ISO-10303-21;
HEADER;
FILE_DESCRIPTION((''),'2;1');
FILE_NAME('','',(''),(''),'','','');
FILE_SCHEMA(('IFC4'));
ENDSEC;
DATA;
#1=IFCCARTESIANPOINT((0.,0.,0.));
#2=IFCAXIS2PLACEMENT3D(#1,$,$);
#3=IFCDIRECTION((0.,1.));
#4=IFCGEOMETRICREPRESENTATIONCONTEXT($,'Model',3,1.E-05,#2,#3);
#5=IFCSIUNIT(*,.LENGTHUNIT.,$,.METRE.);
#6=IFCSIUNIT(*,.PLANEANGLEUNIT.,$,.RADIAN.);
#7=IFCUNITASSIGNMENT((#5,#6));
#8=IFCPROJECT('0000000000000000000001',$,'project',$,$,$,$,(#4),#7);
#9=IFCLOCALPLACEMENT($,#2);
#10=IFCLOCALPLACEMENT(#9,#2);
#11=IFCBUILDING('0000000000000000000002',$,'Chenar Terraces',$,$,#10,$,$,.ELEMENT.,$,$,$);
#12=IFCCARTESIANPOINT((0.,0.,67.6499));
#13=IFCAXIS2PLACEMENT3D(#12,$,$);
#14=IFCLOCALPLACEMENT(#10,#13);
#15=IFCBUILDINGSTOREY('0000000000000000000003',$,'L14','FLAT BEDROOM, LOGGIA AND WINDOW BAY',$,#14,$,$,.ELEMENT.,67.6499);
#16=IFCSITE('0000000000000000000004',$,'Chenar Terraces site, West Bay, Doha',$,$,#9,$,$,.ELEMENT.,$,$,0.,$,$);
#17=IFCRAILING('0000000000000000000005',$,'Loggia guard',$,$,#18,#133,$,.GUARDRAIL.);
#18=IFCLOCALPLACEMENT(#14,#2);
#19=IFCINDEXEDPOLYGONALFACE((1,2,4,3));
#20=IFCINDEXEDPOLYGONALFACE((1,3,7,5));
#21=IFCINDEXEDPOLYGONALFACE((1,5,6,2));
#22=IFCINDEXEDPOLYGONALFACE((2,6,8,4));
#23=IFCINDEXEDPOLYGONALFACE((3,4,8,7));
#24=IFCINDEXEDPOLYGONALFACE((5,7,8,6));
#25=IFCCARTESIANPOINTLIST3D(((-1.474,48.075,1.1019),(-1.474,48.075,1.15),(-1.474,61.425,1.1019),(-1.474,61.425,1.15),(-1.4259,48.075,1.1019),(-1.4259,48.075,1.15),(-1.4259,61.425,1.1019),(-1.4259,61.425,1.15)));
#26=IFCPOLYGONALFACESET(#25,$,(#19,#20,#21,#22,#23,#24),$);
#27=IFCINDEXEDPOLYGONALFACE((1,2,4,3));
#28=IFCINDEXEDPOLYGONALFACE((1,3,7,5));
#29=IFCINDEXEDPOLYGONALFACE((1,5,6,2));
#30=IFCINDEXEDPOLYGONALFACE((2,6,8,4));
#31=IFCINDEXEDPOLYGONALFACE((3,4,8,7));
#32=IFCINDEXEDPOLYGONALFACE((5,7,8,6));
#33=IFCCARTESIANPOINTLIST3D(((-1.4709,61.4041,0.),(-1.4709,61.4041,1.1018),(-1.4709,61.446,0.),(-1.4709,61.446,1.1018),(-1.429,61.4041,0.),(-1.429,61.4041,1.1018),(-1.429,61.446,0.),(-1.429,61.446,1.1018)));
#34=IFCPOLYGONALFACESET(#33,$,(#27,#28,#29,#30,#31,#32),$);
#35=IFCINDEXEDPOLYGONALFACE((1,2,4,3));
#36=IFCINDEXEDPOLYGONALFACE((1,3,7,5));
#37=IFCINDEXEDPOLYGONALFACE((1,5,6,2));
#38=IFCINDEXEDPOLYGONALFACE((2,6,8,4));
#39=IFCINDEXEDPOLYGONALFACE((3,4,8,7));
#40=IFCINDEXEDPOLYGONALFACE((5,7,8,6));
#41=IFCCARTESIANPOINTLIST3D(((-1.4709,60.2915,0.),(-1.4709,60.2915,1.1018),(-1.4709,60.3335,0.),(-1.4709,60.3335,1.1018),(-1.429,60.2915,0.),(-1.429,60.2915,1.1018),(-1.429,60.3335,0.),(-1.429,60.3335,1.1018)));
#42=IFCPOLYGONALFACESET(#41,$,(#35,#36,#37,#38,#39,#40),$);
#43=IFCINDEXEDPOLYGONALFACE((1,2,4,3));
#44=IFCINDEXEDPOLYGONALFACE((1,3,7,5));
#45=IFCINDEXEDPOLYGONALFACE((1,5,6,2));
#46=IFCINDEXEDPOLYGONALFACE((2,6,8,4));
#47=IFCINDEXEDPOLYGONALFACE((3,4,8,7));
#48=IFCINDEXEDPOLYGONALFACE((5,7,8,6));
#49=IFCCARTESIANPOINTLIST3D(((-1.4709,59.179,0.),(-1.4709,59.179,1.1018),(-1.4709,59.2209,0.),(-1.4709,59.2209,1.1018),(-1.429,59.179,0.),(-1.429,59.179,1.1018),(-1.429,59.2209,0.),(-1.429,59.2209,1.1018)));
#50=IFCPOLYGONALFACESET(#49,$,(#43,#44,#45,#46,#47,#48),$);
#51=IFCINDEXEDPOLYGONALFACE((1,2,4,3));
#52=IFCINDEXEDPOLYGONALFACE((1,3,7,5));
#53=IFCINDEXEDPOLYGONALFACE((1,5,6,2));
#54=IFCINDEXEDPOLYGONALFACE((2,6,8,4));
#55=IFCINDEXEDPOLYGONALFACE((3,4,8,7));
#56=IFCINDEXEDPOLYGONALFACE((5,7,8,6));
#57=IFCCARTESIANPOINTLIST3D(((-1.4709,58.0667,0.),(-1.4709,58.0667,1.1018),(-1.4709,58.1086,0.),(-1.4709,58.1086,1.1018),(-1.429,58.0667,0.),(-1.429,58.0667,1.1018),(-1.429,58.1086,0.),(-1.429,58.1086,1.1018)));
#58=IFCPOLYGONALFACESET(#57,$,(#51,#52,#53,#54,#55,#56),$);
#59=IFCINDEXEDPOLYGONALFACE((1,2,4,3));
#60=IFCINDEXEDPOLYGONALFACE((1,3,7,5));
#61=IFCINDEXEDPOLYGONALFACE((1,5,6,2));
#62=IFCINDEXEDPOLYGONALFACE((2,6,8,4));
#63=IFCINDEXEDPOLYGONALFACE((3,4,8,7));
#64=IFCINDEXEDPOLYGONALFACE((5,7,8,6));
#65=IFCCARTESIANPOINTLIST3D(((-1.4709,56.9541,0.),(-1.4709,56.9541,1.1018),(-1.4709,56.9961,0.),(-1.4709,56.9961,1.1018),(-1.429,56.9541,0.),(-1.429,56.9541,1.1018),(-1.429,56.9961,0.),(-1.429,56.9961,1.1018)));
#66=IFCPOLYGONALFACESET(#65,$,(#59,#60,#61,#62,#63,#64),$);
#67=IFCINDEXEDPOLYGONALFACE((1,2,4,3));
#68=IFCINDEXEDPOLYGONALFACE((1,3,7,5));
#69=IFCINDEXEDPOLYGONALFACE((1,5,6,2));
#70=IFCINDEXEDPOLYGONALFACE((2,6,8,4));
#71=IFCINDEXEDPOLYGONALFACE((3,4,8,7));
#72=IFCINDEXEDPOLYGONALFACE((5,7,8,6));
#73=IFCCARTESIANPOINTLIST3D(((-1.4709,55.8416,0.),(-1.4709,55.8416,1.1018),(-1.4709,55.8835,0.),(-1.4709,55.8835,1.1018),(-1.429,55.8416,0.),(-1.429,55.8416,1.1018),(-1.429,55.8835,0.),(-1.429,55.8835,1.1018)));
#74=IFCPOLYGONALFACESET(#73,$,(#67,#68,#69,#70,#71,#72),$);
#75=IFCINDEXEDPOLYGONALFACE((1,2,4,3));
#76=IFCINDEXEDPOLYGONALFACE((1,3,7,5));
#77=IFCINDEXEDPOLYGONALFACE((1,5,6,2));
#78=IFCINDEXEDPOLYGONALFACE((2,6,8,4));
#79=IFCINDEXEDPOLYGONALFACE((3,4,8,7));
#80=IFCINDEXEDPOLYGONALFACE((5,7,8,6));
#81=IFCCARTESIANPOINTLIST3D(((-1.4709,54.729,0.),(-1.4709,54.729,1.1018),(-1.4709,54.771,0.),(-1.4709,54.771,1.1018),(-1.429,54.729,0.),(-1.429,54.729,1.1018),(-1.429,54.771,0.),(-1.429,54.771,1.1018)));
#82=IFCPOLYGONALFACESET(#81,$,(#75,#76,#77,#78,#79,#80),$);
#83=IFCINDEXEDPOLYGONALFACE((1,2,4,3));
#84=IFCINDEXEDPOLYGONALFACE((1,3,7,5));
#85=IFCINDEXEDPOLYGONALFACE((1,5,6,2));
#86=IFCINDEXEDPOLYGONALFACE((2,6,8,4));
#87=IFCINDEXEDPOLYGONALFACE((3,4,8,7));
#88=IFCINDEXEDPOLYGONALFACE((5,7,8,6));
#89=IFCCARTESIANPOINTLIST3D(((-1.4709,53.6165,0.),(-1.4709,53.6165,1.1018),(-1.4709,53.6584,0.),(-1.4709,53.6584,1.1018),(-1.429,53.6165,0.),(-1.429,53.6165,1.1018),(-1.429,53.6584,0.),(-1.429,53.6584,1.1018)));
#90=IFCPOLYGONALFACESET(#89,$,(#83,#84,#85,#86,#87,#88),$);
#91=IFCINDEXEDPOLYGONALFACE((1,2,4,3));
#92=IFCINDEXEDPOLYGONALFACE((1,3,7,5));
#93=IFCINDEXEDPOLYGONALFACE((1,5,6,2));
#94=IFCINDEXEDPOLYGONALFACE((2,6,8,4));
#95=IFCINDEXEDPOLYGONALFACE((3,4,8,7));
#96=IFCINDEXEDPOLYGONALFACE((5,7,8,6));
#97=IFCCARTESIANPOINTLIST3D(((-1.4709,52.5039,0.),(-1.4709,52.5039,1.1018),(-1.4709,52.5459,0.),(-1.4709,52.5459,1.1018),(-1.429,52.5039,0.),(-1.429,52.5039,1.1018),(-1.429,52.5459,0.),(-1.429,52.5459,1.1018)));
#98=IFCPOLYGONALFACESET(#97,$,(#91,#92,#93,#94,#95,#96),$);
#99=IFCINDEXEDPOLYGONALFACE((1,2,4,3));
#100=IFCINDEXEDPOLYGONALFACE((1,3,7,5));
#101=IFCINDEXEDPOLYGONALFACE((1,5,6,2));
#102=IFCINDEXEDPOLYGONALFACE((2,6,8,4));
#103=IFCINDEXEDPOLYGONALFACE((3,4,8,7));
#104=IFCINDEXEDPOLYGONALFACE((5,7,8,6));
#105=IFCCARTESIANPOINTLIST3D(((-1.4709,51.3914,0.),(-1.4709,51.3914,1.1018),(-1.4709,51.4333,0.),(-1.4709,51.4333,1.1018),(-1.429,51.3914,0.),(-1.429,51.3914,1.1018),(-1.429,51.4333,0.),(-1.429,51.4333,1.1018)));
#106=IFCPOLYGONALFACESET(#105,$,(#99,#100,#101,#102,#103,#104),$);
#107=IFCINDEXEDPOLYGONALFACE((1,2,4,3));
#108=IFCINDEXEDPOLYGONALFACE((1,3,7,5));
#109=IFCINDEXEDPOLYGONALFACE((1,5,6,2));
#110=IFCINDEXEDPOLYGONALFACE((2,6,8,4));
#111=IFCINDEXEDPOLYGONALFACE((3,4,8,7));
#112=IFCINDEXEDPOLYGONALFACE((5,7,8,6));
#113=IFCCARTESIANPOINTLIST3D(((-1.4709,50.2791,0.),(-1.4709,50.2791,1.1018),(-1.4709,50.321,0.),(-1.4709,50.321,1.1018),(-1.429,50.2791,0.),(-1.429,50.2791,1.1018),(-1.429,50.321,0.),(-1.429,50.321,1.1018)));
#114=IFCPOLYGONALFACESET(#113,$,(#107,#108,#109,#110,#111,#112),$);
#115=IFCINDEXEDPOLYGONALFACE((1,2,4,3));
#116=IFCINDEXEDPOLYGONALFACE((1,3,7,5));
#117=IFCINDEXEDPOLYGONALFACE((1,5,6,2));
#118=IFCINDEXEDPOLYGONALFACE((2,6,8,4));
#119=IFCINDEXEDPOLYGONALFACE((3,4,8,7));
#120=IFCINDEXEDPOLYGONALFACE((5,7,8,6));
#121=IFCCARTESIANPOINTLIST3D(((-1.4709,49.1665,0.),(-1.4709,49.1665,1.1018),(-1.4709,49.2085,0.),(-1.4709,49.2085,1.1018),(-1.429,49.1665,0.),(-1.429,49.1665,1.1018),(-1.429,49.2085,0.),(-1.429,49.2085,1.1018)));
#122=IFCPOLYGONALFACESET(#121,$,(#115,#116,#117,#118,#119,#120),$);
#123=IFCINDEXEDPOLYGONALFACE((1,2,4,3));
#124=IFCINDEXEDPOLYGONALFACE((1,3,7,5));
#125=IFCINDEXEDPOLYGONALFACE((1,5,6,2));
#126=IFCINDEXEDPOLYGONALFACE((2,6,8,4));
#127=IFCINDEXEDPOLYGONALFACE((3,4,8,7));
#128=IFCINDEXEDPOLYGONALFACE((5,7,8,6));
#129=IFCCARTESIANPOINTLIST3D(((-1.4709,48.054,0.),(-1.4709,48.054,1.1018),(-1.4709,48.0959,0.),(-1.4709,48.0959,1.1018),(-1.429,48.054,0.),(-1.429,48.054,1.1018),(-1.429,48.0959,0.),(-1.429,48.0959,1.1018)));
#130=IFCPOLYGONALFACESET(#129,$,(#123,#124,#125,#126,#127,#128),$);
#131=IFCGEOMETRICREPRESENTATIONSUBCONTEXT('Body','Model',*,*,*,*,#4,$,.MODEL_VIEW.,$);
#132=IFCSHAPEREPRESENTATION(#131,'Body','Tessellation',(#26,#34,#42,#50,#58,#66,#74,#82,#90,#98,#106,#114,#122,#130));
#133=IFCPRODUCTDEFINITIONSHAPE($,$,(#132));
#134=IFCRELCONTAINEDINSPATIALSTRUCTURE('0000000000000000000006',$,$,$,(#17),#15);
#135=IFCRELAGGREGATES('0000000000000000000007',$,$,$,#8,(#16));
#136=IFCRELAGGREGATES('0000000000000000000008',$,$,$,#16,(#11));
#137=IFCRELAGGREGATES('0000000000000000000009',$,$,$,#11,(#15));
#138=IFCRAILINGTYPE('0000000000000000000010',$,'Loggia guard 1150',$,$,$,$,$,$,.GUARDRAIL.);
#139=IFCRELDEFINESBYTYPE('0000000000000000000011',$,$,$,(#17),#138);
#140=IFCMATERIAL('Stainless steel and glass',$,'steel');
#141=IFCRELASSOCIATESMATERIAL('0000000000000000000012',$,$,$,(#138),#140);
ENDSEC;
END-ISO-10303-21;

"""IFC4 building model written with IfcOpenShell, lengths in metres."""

from ifc_helpers import new_model, si_unit, direction, frame, origin, origin_2d, place, context, subcontext, project, spatial, rectangle, extrude, material, type_object, element, save


model = new_model("IFC4")

# Units and contexts
model_context = context("Model", 3, precision=1e-05, world=origin(), true_north=direction((0.0, 1.0)))
body_context = subcontext(model_context, "Body", "Model", "MODEL_VIEW")
ifc_project = project(units=[si_unit("LENGTHUNIT", "METRE"), si_unit("PLANEANGLEUNIT", "RADIAN")], contexts=[model_context])

# Site, building, storey
site_placement = place(None, origin())
site = spatial("IfcSite", under=ifc_project, at=site_placement, Name="Chenar Terraces site, West Bay, Doha", CompositionType="ELEMENT", RefElevation=0.0)
building_placement = place(site_placement, origin())
building = spatial("IfcBuilding", under=site, at=building_placement, Name="Chenar Terraces", CompositionType="ELEMENT")
storey_placement = place(building_placement, frame((0.0, 0.0, 67.6499)))
storey = spatial("IfcBuildingStorey", under=building, at=storey_placement, Name="L14", Description="FLAT BEDROOM, LOGGIA AND WINDOW BAY", CompositionType="ELEMENT", Elevation=67.6499)

# Railing
ifc_material_1 = material(Name="Stainless steel and glass", Category="steel")
railing_type = type_object("IfcRailingType", Name="Loggia guard 1150", PredefinedType="GUARDRAIL", material=ifc_material_1)
railing_1_placement = place(storey_placement, frame((-1.45, 61.425, 0.0)))
element("IfcRailing", 1, at=railing_1_placement, inside=storey, type_object=railing_type, Name="Loggia guard", PredefinedType="GUARDRAIL", context=body_context, shape_type="SweptSolid", body=[
    extrude(rectangle(XDim=0.0481, YDim=0.0481, at=origin_2d()), frame((0.0, 0.0, 1.126), z_axis=(0.0, -1.0, 0.0), x_axis=(1.0, 0.0, 0.0)), (0.0, 0.0, 1.0), 13.3501),
    extrude(rectangle(XDim=0.042, YDim=0.042, at=origin_2d()), origin(), (0.0, 0.0, 1.0), 1.1018),
    extrude(rectangle(XDim=0.042, YDim=0.042, at=origin_2d()), frame((0.0, -1.1125, 0.0)), (0.0, 0.0, 1.0), 1.1018),
    extrude(rectangle(XDim=0.042, YDim=0.042, at=origin_2d()), frame((0.0, -2.2251, 0.0)), (0.0, 0.0, 1.0), 1.1018),
    extrude(rectangle(XDim=0.042, YDim=0.042, at=origin_2d()), frame((0.0, -3.3374, 0.0)), (0.0, 0.0, 1.0), 1.1018),
    extrude(rectangle(XDim=0.042, YDim=0.042, at=origin_2d()), frame((0.0, -4.45, 0.0)), (0.0, 0.0, 1.0), 1.1018),
    extrude(rectangle(XDim=0.042, YDim=0.042, at=origin_2d()), frame((0.0, -5.5625, 0.0)), (0.0, 0.0, 1.0), 1.1018),
    extrude(rectangle(XDim=0.042, YDim=0.042, at=origin_2d()), frame((0.0, -6.675, 0.0)), (0.0, 0.0, 1.0), 1.1018),
    extrude(rectangle(XDim=0.042, YDim=0.042, at=origin_2d()), frame((0.0, -7.7876, 0.0)), (0.0, 0.0, 1.0), 1.1018),
    extrude(rectangle(XDim=0.042, YDim=0.042, at=origin_2d()), frame((0.0, -8.9001, 0.0)), (0.0, 0.0, 1.0), 1.1018),
    extrude(rectangle(XDim=0.042, YDim=0.042, at=origin_2d()), frame((0.0, -10.0127, 0.0)), (0.0, 0.0, 1.0), 1.1018),
    extrude(rectangle(XDim=0.042, YDim=0.042, at=origin_2d()), frame((0.0, -11.125, 0.0)), (0.0, 0.0, 1.0), 1.1018),
    extrude(rectangle(XDim=0.042, YDim=0.042, at=origin_2d()), frame((0.0, -12.2375, 0.0)), (0.0, 0.0, 1.0), 1.1018),
    extrude(rectangle(XDim=0.042, YDim=0.042, at=origin_2d()), frame((0.0, -13.3501, 0.0)), (0.0, 0.0, 1.0), 1.1018),
])

save(model, "model.ifc")
